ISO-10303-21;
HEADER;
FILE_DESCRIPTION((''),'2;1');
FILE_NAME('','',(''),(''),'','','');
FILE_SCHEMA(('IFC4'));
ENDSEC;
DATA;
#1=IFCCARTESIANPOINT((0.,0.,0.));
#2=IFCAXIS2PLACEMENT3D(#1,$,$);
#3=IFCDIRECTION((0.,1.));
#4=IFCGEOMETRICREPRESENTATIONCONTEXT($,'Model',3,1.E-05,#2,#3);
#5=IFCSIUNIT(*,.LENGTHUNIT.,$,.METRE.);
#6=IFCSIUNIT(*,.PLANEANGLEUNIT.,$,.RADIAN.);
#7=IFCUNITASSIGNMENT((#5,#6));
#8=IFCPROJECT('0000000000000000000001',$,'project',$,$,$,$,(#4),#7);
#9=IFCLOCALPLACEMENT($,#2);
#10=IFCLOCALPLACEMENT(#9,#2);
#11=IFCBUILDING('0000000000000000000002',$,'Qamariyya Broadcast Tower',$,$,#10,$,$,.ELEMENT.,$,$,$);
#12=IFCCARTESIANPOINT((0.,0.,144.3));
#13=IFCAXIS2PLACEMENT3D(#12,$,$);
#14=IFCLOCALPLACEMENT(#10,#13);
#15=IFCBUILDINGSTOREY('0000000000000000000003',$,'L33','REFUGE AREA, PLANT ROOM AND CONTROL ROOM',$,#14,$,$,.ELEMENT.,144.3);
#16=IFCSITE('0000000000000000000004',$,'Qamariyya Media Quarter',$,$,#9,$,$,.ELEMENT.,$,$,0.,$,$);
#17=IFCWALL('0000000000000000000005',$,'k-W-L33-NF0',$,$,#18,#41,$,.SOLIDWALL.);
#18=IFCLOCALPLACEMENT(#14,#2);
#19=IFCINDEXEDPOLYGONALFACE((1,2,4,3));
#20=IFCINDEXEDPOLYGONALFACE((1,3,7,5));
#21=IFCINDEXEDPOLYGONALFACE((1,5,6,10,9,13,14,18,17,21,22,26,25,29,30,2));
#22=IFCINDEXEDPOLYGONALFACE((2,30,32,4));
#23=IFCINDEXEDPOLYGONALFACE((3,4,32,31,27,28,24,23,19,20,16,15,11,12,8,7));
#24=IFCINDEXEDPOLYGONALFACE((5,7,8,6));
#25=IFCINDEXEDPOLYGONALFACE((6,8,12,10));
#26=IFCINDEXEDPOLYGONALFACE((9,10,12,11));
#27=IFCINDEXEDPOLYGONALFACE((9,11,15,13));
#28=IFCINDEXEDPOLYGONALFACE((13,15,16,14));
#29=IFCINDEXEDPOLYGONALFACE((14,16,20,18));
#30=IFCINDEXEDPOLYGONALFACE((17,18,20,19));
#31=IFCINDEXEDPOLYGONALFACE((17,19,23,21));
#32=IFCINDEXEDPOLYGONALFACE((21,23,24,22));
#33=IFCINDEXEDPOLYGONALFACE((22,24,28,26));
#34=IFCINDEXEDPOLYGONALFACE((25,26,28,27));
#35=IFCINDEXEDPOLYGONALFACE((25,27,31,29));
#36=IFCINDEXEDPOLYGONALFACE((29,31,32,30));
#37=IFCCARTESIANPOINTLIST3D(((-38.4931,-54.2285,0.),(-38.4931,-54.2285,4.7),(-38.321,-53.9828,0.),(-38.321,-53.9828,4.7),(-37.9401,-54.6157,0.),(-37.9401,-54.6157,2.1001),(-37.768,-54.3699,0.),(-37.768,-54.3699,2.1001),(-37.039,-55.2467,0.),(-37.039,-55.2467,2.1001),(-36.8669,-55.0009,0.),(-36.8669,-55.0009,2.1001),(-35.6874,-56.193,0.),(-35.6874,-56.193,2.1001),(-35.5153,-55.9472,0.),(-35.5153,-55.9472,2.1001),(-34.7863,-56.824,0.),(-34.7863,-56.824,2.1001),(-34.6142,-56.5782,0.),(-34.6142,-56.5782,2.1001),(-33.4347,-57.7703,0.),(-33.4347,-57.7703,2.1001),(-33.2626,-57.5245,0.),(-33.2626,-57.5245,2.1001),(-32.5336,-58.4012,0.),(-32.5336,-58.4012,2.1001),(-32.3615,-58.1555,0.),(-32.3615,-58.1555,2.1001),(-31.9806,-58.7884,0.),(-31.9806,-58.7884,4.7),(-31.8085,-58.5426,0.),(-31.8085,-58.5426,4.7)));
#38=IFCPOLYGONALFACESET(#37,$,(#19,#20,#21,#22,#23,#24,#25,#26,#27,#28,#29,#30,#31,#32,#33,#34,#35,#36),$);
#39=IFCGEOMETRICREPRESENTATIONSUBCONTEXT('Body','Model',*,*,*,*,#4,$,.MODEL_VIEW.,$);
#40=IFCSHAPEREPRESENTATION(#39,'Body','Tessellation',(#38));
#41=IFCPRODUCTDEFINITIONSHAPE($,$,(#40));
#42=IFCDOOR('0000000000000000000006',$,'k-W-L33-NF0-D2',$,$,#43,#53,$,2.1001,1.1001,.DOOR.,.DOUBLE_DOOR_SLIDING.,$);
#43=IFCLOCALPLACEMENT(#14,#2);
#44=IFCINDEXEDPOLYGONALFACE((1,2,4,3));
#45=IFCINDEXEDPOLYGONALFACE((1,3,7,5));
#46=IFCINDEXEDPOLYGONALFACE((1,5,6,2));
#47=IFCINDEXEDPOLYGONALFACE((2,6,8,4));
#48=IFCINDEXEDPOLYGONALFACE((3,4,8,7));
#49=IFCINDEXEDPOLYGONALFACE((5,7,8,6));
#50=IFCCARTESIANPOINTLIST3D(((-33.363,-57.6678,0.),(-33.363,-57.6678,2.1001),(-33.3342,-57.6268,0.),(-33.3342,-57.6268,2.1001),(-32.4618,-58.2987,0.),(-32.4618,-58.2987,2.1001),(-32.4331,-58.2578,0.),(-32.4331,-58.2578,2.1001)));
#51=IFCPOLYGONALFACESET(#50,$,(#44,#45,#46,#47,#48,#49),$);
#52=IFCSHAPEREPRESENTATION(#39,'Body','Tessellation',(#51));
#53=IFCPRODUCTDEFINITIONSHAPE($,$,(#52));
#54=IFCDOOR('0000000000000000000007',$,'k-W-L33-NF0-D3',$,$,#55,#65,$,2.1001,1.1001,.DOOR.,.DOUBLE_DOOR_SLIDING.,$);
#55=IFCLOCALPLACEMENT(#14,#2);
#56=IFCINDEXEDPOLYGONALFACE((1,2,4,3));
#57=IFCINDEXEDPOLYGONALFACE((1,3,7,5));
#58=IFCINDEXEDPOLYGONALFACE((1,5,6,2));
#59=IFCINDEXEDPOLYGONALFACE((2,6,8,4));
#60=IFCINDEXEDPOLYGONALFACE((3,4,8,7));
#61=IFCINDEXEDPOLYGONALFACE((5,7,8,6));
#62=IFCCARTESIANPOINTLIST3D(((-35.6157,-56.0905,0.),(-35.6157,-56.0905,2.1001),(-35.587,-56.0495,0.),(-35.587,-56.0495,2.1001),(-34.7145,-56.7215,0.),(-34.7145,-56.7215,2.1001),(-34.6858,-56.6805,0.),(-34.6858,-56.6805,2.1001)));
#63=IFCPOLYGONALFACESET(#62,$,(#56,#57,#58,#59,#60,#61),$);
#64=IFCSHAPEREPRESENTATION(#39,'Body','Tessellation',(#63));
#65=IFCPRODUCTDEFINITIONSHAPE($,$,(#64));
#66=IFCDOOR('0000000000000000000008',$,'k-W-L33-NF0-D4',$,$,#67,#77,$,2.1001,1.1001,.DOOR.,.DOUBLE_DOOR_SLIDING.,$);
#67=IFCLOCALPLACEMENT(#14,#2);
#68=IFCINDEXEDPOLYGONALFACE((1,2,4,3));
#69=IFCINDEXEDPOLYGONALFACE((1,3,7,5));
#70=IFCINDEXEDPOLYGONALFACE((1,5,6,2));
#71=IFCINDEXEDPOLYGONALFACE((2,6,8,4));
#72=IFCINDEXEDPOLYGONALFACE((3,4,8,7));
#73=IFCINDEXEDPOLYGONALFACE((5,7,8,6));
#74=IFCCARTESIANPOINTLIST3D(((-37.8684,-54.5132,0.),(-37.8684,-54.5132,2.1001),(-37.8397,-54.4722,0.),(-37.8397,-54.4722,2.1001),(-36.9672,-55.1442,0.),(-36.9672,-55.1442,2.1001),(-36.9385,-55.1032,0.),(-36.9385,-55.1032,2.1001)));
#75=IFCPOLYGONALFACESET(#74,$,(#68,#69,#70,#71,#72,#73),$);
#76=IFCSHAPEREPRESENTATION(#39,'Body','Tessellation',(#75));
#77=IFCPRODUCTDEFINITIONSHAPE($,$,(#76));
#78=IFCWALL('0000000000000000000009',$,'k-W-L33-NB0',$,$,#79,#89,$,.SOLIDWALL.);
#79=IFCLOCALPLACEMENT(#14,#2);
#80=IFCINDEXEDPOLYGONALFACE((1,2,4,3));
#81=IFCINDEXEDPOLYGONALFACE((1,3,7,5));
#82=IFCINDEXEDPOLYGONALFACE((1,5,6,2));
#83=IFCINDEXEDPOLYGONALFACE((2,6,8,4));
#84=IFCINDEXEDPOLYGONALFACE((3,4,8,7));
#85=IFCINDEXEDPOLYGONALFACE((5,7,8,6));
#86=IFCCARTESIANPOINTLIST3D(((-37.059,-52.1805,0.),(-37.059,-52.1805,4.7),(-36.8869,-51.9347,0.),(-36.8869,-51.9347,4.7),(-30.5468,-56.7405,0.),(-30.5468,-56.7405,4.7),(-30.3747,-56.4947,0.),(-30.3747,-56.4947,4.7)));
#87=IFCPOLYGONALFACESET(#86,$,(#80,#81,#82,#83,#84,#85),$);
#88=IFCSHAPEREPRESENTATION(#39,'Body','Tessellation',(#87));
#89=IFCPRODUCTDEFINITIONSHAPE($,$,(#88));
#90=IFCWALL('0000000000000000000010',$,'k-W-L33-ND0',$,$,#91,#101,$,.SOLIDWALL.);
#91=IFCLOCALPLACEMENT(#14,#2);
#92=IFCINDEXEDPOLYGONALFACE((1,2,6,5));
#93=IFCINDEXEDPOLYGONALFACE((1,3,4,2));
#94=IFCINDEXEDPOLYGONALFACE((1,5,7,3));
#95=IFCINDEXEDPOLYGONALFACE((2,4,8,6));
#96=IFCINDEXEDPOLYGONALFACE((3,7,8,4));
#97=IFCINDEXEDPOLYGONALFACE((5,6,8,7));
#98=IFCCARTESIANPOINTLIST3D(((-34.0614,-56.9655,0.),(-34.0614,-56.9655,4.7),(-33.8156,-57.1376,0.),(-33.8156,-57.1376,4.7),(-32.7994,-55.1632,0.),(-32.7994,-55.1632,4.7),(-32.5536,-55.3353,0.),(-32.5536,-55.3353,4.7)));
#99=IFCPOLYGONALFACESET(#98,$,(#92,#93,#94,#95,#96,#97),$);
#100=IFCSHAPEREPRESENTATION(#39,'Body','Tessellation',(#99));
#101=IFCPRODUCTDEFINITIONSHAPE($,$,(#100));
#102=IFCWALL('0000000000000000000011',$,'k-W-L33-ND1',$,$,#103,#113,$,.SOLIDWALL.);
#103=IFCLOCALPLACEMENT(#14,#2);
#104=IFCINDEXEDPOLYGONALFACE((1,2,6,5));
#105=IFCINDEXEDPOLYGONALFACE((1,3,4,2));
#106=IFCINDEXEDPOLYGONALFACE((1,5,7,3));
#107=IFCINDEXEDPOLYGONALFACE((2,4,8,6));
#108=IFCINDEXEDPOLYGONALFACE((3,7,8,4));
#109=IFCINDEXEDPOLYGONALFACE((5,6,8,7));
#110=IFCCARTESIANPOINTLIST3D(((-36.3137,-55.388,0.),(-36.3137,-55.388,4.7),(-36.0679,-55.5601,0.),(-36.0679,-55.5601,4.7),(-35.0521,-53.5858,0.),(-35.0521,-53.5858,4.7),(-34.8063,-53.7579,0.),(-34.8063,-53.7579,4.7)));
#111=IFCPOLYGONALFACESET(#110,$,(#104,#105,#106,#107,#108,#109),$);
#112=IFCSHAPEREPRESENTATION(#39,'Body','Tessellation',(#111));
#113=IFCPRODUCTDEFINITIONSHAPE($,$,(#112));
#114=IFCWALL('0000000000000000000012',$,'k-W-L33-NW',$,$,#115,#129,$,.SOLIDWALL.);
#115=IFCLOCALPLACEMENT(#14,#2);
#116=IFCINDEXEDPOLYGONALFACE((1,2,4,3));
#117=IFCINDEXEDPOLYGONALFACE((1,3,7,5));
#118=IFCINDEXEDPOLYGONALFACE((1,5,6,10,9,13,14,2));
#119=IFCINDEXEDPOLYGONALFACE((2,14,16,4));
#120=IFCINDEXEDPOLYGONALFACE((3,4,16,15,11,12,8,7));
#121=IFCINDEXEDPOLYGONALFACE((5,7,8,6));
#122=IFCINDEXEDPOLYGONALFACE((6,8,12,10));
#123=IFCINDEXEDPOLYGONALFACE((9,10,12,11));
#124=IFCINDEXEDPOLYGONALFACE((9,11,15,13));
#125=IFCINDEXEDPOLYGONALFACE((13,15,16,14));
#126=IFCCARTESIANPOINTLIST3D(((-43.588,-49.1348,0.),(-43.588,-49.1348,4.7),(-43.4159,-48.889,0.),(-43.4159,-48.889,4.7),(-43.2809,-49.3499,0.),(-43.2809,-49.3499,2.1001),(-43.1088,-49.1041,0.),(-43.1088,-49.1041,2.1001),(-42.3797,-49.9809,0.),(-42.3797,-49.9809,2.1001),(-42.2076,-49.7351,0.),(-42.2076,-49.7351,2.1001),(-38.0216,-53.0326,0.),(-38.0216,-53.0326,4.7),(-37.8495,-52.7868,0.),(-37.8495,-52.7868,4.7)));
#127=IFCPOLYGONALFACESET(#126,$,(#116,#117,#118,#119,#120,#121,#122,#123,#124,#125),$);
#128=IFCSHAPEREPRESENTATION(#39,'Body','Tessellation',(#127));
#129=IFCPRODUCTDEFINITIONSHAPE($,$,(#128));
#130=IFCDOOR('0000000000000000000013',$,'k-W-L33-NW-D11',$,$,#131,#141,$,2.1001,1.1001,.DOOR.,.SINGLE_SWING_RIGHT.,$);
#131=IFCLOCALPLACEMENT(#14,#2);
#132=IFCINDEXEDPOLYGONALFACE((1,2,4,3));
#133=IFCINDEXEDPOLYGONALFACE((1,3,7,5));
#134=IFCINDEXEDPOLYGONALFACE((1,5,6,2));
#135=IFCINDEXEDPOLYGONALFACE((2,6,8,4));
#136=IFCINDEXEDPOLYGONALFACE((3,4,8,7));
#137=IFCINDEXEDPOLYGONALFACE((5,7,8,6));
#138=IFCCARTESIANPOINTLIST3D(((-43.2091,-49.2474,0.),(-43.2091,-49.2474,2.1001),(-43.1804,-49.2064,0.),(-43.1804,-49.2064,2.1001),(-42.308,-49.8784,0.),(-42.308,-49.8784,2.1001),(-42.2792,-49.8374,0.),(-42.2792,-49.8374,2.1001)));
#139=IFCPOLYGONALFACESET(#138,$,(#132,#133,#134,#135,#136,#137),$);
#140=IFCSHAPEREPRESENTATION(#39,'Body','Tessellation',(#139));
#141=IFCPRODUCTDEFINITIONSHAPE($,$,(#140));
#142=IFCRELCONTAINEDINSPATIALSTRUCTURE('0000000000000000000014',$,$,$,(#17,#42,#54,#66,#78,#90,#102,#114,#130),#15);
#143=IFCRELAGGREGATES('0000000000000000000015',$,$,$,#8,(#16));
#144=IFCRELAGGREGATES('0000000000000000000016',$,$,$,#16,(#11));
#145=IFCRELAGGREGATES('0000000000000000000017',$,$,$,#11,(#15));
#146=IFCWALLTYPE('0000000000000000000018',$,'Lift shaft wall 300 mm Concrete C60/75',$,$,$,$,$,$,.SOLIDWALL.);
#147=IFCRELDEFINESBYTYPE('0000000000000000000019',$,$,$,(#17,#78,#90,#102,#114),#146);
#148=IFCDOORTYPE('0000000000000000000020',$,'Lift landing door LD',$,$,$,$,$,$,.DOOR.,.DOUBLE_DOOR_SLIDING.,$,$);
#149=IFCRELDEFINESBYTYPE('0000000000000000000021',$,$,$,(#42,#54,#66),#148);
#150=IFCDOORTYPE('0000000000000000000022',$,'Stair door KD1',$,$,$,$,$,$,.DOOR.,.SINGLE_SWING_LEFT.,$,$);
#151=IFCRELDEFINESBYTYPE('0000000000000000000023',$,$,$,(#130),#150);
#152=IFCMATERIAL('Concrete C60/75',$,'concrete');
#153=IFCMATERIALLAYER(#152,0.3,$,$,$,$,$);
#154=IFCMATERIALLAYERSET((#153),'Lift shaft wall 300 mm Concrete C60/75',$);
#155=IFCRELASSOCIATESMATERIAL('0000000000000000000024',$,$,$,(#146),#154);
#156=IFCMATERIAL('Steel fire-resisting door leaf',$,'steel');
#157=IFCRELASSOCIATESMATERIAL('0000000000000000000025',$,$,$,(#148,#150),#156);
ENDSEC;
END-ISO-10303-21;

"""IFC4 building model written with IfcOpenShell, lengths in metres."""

from ifc_helpers import new_model, si_unit, direction, frame, frame_2d, origin, place, context, subcontext, project, spatial, rectangle, extrude, material, layer, layer_set, type_object, element, fill, save


model = new_model("IFC4")

# Units and contexts
model_context = context("Model", 3, precision=1e-05, world=origin(), true_north=direction((0.0, 1.0)))
body_context = subcontext(model_context, "Body", "Model", "MODEL_VIEW")
ifc_project = project(units=[si_unit("LENGTHUNIT", "METRE"), si_unit("PLANEANGLEUNIT", "RADIAN")], contexts=[model_context])

# Site, building, storey
site_placement = place(None, origin())
site = spatial("IfcSite", under=ifc_project, at=site_placement, Name="Qamariyya Media Quarter", CompositionType="ELEMENT", RefElevation=0.0)
building_placement = place(site_placement, origin())
building = spatial("IfcBuilding", under=site, at=building_placement, Name="Qamariyya Broadcast Tower", CompositionType="ELEMENT")
storey_placement = place(building_placement, frame((0.0, 0.0, 144.3)))
storey = spatial("IfcBuildingStorey", under=building, at=storey_placement, Name="L33", Description="REFUGE AREA, PLANT ROOM AND CONTROL ROOM", CompositionType="ELEMENT", Elevation=144.3)

# Shared definitions
ifc_material_1 = material(Name="Concrete C60/75", Category="concrete")

# Wall, openings, doors
ifc_layer_1 = layer(ifc_material_1, 0.3)
ifc_layer_set_1 = layer_set([ifc_layer_1], Name="Lift shaft wall 300 mm Concrete C60/75")
wall_type_1 = type_object("IfcWallType", Name="Lift shaft wall 300 mm Concrete C60/75", PredefinedType="SOLIDWALL", material=ifc_layer_set_1)
wall_1_placement = place(storey_placement, frame((-31.8945, -58.6655, 0.0), z_axis=(0.0, 0.0, 1.0), x_axis=(-0.819167, 0.573555, 0.0)))
wall_1 = element("IfcWall", 1, at=wall_1_placement, inside=storey, type_object=wall_type_1, Name="k-W-L33-NF0", PredefinedType="SOLIDWALL", context=body_context, shape_type="SweptSolid", body=[
    extrude(rectangle(XDim=7.9502, YDim=0.3, at=frame_2d((3.9751, 0.0))), origin(), (0.0, 0.0, 1.0), 4.7),
])
opening_1_placement = place(wall_1_placement, frame((0.675, 0.0, 0.0)))
opening_1 = element("IfcOpeningElement", 2, at=opening_1_placement, cuts=wall_1, PredefinedType="OPENING", context=body_context, shape_type="SweptSolid", body=[
    extrude(rectangle(XDim=1.1001, YDim=2.1001, at=frame_2d((0.55, 1.05))), frame((0.0, 0.1599, 0.0), z_axis=(0.0, -1.0, 0.0), x_axis=(1.0, 0.0, 0.0)), (0.0, 0.0, 1.0), 0.3201),
])
opening_2_placement = place(wall_1_placement, frame((3.425, 0.0, 0.0)))
opening_2 = element("IfcOpeningElement", 3, at=opening_2_placement, cuts=wall_1, PredefinedType="OPENING", context=body_context, shape_type="SweptSolid", body=[
    extrude(rectangle(XDim=1.1001, YDim=2.1001, at=frame_2d((0.55, 1.05))), frame((0.0, 0.1599, 0.0), z_axis=(0.0, -1.0, 0.0), x_axis=(1.0, 0.0, 0.0)), (0.0, 0.0, 1.0), 0.3201),
])
opening_3_placement = place(wall_1_placement, frame((6.175, 0.0, 0.0)))
opening_3 = element("IfcOpeningElement", 4, at=opening_3_placement, cuts=wall_1, PredefinedType="OPENING", context=body_context, shape_type="SweptSolid", body=[
    extrude(rectangle(XDim=1.1001, YDim=2.1001, at=frame_2d((0.55, 1.05))), frame((0.0, 0.1599, 0.0), z_axis=(0.0, -1.0, 0.0), x_axis=(1.0, 0.0, 0.0)), (0.0, 0.0, 1.0), 0.3201),
])
ifc_material_2 = material(Name="Steel fire-resisting door leaf", Category="steel")
door_type_1 = type_object("IfcDoorType", Name="Lift landing door LD", OperationType="DOUBLE_DOOR_SLIDING", PredefinedType="DOOR", material=ifc_material_2)
door_1_placement = place(opening_1_placement, origin())
door_1 = element("IfcDoor", 5, at=door_1_placement, inside=storey, type_object=door_type_1, Name="k-W-L33-NF0-D2", OperationType="DOUBLE_DOOR_SLIDING", OverallHeight=2.1001, OverallWidth=1.1001, PredefinedType="DOOR", context=body_context, shape_type="SweptSolid", body=[
    extrude(rectangle(XDim=1.1001, YDim=2.1001, at=frame_2d((0.55, 1.05))), frame((0.0, 0.0249, 0.0), z_axis=(0.0, -1.0, 0.0), x_axis=(1.0, 0.0, 0.0)), (0.0, 0.0, 1.0), 0.05),
])
fill(opening_1, door_1)
door_2_placement = place(opening_2_placement, origin())
door_2 = element("IfcDoor", 6, at=door_2_placement, inside=storey, type_object=door_type_1, Name="k-W-L33-NF0-D3", OperationType="DOUBLE_DOOR_SLIDING", OverallHeight=2.1001, OverallWidth=1.1001, PredefinedType="DOOR", context=body_context, shape_type="SweptSolid", body=[
    extrude(rectangle(XDim=1.1001, YDim=2.1001, at=frame_2d((0.55, 1.05))), frame((0.0, 0.0249, 0.0), z_axis=(0.0, -1.0, 0.0), x_axis=(1.0, 0.0, 0.0)), (0.0, 0.0, 1.0), 0.05),
])
fill(opening_2, door_2)
door_3_placement = place(opening_3_placement, origin())
door_3 = element("IfcDoor", 7, at=door_3_placement, inside=storey, type_object=door_type_1, Name="k-W-L33-NF0-D4", OperationType="DOUBLE_DOOR_SLIDING", OverallHeight=2.1001, OverallWidth=1.1001, PredefinedType="DOOR", context=body_context, shape_type="SweptSolid", body=[
    extrude(rectangle(XDim=1.1001, YDim=2.1001, at=frame_2d((0.55, 1.05))), frame((0.0, 0.0249, 0.0), z_axis=(0.0, -1.0, 0.0), x_axis=(1.0, 0.0, 0.0)), (0.0, 0.0, 1.0), 0.05),
])
fill(opening_3, door_3)

# Walls
wall_2_placement = place(storey_placement, frame((-30.4607, -56.6177, 0.0), z_axis=(0.0, 0.0, 1.0), x_axis=(-0.819142, 0.57359, 0.0)))
element("IfcWall", 8, at=wall_2_placement, inside=storey, type_object=wall_type_1, Name="k-W-L33-NB0", PredefinedType="SOLIDWALL", context=body_context, shape_type="SweptSolid", body=[
    extrude(rectangle(XDim=7.95, YDim=0.3, at=frame_2d((3.9751, 0.0))), origin(), (0.0, 0.0, 1.0), 4.7),
])
wall_3_placement = place(storey_placement, frame((-33.9385, -57.0515, 0.0), z_axis=(0.0, 0.0, 1.0), x_axis=(0.573581, 0.819149, 0.0)))
element("IfcWall", 9, at=wall_3_placement, inside=storey, type_object=wall_type_1, Name="k-W-L33-ND0", PredefinedType="SOLIDWALL", context=body_context, shape_type="SweptSolid", body=[
    extrude(rectangle(XDim=2.2002, YDim=0.3, at=frame_2d((1.1001, 0.0))), origin(), (0.0, 0.0, 1.0), 4.7),
])
wall_4_placement = place(storey_placement, frame((-36.1909, -55.4741, 0.0), z_axis=(0.0, 0.0, 1.0), x_axis=(0.573507, 0.819201, 0.0)))
element("IfcWall", 10, at=wall_4_placement, inside=storey, type_object=wall_type_1, Name="k-W-L33-ND1", PredefinedType="SOLIDWALL", context=body_context, shape_type="SweptSolid", body=[
    extrude(rectangle(XDim=2.2, YDim=0.3, at=frame_2d((1.1001, 0.0))), origin(), (0.0, 0.0, 1.0), 4.7),
])

# Wall, opening, door
wall_5_placement = place(storey_placement, frame((-37.9355, -52.9097, 0.0), z_axis=(0.0, 0.0, 1.0), x_axis=(-0.819148, 0.573583, 0.0)))
wall_5 = element("IfcWall", 11, at=wall_5_placement, inside=storey, type_object=wall_type_1, Name="k-W-L33-NW", PredefinedType="SOLIDWALL", context=body_context, shape_type="SweptSolid", body=[
    extrude(rectangle(XDim=6.7954, YDim=0.3, at=frame_2d((3.3977, 0.0))), origin(), (0.0, 0.0, 1.0), 4.7),
])
opening_4_placement = place(wall_5_placement, frame((5.3203, 0.0, 0.0)))
opening_4 = element("IfcOpeningElement", 12, at=opening_4_placement, cuts=wall_5, PredefinedType="OPENING", context=body_context, shape_type="SweptSolid", body=[
    extrude(rectangle(XDim=1.1001, YDim=2.1001, at=frame_2d((0.55, 1.05))), frame((0.0, 0.1599, 0.0), z_axis=(0.0, -1.0, 0.0), x_axis=(1.0, 0.0, 0.0)), (0.0, 0.0, 1.0), 0.3201),
])
door_type_2 = type_object("IfcDoorType", Name="Stair door KD1", OperationType="SINGLE_SWING_LEFT", PredefinedType="DOOR", material=ifc_material_2)
door_4_placement = place(opening_4_placement, origin())
door_4 = element("IfcDoor", 13, at=door_4_placement, inside=storey, type_object=door_type_2, Name="k-W-L33-NW-D11", OperationType="SINGLE_SWING_RIGHT", OverallHeight=2.1001, OverallWidth=1.1001, PredefinedType="DOOR", context=body_context, shape_type="SweptSolid", body=[
    extrude(rectangle(XDim=1.1001, YDim=2.1001, at=frame_2d((0.55, 1.05))), frame((0.0, 0.0249, 0.0), z_axis=(0.0, -1.0, 0.0), x_axis=(1.0, 0.0, 0.0)), (0.0, 0.0, 1.0), 0.05),
])
fill(opening_4, door_4)

save(model, "model.ifc")
